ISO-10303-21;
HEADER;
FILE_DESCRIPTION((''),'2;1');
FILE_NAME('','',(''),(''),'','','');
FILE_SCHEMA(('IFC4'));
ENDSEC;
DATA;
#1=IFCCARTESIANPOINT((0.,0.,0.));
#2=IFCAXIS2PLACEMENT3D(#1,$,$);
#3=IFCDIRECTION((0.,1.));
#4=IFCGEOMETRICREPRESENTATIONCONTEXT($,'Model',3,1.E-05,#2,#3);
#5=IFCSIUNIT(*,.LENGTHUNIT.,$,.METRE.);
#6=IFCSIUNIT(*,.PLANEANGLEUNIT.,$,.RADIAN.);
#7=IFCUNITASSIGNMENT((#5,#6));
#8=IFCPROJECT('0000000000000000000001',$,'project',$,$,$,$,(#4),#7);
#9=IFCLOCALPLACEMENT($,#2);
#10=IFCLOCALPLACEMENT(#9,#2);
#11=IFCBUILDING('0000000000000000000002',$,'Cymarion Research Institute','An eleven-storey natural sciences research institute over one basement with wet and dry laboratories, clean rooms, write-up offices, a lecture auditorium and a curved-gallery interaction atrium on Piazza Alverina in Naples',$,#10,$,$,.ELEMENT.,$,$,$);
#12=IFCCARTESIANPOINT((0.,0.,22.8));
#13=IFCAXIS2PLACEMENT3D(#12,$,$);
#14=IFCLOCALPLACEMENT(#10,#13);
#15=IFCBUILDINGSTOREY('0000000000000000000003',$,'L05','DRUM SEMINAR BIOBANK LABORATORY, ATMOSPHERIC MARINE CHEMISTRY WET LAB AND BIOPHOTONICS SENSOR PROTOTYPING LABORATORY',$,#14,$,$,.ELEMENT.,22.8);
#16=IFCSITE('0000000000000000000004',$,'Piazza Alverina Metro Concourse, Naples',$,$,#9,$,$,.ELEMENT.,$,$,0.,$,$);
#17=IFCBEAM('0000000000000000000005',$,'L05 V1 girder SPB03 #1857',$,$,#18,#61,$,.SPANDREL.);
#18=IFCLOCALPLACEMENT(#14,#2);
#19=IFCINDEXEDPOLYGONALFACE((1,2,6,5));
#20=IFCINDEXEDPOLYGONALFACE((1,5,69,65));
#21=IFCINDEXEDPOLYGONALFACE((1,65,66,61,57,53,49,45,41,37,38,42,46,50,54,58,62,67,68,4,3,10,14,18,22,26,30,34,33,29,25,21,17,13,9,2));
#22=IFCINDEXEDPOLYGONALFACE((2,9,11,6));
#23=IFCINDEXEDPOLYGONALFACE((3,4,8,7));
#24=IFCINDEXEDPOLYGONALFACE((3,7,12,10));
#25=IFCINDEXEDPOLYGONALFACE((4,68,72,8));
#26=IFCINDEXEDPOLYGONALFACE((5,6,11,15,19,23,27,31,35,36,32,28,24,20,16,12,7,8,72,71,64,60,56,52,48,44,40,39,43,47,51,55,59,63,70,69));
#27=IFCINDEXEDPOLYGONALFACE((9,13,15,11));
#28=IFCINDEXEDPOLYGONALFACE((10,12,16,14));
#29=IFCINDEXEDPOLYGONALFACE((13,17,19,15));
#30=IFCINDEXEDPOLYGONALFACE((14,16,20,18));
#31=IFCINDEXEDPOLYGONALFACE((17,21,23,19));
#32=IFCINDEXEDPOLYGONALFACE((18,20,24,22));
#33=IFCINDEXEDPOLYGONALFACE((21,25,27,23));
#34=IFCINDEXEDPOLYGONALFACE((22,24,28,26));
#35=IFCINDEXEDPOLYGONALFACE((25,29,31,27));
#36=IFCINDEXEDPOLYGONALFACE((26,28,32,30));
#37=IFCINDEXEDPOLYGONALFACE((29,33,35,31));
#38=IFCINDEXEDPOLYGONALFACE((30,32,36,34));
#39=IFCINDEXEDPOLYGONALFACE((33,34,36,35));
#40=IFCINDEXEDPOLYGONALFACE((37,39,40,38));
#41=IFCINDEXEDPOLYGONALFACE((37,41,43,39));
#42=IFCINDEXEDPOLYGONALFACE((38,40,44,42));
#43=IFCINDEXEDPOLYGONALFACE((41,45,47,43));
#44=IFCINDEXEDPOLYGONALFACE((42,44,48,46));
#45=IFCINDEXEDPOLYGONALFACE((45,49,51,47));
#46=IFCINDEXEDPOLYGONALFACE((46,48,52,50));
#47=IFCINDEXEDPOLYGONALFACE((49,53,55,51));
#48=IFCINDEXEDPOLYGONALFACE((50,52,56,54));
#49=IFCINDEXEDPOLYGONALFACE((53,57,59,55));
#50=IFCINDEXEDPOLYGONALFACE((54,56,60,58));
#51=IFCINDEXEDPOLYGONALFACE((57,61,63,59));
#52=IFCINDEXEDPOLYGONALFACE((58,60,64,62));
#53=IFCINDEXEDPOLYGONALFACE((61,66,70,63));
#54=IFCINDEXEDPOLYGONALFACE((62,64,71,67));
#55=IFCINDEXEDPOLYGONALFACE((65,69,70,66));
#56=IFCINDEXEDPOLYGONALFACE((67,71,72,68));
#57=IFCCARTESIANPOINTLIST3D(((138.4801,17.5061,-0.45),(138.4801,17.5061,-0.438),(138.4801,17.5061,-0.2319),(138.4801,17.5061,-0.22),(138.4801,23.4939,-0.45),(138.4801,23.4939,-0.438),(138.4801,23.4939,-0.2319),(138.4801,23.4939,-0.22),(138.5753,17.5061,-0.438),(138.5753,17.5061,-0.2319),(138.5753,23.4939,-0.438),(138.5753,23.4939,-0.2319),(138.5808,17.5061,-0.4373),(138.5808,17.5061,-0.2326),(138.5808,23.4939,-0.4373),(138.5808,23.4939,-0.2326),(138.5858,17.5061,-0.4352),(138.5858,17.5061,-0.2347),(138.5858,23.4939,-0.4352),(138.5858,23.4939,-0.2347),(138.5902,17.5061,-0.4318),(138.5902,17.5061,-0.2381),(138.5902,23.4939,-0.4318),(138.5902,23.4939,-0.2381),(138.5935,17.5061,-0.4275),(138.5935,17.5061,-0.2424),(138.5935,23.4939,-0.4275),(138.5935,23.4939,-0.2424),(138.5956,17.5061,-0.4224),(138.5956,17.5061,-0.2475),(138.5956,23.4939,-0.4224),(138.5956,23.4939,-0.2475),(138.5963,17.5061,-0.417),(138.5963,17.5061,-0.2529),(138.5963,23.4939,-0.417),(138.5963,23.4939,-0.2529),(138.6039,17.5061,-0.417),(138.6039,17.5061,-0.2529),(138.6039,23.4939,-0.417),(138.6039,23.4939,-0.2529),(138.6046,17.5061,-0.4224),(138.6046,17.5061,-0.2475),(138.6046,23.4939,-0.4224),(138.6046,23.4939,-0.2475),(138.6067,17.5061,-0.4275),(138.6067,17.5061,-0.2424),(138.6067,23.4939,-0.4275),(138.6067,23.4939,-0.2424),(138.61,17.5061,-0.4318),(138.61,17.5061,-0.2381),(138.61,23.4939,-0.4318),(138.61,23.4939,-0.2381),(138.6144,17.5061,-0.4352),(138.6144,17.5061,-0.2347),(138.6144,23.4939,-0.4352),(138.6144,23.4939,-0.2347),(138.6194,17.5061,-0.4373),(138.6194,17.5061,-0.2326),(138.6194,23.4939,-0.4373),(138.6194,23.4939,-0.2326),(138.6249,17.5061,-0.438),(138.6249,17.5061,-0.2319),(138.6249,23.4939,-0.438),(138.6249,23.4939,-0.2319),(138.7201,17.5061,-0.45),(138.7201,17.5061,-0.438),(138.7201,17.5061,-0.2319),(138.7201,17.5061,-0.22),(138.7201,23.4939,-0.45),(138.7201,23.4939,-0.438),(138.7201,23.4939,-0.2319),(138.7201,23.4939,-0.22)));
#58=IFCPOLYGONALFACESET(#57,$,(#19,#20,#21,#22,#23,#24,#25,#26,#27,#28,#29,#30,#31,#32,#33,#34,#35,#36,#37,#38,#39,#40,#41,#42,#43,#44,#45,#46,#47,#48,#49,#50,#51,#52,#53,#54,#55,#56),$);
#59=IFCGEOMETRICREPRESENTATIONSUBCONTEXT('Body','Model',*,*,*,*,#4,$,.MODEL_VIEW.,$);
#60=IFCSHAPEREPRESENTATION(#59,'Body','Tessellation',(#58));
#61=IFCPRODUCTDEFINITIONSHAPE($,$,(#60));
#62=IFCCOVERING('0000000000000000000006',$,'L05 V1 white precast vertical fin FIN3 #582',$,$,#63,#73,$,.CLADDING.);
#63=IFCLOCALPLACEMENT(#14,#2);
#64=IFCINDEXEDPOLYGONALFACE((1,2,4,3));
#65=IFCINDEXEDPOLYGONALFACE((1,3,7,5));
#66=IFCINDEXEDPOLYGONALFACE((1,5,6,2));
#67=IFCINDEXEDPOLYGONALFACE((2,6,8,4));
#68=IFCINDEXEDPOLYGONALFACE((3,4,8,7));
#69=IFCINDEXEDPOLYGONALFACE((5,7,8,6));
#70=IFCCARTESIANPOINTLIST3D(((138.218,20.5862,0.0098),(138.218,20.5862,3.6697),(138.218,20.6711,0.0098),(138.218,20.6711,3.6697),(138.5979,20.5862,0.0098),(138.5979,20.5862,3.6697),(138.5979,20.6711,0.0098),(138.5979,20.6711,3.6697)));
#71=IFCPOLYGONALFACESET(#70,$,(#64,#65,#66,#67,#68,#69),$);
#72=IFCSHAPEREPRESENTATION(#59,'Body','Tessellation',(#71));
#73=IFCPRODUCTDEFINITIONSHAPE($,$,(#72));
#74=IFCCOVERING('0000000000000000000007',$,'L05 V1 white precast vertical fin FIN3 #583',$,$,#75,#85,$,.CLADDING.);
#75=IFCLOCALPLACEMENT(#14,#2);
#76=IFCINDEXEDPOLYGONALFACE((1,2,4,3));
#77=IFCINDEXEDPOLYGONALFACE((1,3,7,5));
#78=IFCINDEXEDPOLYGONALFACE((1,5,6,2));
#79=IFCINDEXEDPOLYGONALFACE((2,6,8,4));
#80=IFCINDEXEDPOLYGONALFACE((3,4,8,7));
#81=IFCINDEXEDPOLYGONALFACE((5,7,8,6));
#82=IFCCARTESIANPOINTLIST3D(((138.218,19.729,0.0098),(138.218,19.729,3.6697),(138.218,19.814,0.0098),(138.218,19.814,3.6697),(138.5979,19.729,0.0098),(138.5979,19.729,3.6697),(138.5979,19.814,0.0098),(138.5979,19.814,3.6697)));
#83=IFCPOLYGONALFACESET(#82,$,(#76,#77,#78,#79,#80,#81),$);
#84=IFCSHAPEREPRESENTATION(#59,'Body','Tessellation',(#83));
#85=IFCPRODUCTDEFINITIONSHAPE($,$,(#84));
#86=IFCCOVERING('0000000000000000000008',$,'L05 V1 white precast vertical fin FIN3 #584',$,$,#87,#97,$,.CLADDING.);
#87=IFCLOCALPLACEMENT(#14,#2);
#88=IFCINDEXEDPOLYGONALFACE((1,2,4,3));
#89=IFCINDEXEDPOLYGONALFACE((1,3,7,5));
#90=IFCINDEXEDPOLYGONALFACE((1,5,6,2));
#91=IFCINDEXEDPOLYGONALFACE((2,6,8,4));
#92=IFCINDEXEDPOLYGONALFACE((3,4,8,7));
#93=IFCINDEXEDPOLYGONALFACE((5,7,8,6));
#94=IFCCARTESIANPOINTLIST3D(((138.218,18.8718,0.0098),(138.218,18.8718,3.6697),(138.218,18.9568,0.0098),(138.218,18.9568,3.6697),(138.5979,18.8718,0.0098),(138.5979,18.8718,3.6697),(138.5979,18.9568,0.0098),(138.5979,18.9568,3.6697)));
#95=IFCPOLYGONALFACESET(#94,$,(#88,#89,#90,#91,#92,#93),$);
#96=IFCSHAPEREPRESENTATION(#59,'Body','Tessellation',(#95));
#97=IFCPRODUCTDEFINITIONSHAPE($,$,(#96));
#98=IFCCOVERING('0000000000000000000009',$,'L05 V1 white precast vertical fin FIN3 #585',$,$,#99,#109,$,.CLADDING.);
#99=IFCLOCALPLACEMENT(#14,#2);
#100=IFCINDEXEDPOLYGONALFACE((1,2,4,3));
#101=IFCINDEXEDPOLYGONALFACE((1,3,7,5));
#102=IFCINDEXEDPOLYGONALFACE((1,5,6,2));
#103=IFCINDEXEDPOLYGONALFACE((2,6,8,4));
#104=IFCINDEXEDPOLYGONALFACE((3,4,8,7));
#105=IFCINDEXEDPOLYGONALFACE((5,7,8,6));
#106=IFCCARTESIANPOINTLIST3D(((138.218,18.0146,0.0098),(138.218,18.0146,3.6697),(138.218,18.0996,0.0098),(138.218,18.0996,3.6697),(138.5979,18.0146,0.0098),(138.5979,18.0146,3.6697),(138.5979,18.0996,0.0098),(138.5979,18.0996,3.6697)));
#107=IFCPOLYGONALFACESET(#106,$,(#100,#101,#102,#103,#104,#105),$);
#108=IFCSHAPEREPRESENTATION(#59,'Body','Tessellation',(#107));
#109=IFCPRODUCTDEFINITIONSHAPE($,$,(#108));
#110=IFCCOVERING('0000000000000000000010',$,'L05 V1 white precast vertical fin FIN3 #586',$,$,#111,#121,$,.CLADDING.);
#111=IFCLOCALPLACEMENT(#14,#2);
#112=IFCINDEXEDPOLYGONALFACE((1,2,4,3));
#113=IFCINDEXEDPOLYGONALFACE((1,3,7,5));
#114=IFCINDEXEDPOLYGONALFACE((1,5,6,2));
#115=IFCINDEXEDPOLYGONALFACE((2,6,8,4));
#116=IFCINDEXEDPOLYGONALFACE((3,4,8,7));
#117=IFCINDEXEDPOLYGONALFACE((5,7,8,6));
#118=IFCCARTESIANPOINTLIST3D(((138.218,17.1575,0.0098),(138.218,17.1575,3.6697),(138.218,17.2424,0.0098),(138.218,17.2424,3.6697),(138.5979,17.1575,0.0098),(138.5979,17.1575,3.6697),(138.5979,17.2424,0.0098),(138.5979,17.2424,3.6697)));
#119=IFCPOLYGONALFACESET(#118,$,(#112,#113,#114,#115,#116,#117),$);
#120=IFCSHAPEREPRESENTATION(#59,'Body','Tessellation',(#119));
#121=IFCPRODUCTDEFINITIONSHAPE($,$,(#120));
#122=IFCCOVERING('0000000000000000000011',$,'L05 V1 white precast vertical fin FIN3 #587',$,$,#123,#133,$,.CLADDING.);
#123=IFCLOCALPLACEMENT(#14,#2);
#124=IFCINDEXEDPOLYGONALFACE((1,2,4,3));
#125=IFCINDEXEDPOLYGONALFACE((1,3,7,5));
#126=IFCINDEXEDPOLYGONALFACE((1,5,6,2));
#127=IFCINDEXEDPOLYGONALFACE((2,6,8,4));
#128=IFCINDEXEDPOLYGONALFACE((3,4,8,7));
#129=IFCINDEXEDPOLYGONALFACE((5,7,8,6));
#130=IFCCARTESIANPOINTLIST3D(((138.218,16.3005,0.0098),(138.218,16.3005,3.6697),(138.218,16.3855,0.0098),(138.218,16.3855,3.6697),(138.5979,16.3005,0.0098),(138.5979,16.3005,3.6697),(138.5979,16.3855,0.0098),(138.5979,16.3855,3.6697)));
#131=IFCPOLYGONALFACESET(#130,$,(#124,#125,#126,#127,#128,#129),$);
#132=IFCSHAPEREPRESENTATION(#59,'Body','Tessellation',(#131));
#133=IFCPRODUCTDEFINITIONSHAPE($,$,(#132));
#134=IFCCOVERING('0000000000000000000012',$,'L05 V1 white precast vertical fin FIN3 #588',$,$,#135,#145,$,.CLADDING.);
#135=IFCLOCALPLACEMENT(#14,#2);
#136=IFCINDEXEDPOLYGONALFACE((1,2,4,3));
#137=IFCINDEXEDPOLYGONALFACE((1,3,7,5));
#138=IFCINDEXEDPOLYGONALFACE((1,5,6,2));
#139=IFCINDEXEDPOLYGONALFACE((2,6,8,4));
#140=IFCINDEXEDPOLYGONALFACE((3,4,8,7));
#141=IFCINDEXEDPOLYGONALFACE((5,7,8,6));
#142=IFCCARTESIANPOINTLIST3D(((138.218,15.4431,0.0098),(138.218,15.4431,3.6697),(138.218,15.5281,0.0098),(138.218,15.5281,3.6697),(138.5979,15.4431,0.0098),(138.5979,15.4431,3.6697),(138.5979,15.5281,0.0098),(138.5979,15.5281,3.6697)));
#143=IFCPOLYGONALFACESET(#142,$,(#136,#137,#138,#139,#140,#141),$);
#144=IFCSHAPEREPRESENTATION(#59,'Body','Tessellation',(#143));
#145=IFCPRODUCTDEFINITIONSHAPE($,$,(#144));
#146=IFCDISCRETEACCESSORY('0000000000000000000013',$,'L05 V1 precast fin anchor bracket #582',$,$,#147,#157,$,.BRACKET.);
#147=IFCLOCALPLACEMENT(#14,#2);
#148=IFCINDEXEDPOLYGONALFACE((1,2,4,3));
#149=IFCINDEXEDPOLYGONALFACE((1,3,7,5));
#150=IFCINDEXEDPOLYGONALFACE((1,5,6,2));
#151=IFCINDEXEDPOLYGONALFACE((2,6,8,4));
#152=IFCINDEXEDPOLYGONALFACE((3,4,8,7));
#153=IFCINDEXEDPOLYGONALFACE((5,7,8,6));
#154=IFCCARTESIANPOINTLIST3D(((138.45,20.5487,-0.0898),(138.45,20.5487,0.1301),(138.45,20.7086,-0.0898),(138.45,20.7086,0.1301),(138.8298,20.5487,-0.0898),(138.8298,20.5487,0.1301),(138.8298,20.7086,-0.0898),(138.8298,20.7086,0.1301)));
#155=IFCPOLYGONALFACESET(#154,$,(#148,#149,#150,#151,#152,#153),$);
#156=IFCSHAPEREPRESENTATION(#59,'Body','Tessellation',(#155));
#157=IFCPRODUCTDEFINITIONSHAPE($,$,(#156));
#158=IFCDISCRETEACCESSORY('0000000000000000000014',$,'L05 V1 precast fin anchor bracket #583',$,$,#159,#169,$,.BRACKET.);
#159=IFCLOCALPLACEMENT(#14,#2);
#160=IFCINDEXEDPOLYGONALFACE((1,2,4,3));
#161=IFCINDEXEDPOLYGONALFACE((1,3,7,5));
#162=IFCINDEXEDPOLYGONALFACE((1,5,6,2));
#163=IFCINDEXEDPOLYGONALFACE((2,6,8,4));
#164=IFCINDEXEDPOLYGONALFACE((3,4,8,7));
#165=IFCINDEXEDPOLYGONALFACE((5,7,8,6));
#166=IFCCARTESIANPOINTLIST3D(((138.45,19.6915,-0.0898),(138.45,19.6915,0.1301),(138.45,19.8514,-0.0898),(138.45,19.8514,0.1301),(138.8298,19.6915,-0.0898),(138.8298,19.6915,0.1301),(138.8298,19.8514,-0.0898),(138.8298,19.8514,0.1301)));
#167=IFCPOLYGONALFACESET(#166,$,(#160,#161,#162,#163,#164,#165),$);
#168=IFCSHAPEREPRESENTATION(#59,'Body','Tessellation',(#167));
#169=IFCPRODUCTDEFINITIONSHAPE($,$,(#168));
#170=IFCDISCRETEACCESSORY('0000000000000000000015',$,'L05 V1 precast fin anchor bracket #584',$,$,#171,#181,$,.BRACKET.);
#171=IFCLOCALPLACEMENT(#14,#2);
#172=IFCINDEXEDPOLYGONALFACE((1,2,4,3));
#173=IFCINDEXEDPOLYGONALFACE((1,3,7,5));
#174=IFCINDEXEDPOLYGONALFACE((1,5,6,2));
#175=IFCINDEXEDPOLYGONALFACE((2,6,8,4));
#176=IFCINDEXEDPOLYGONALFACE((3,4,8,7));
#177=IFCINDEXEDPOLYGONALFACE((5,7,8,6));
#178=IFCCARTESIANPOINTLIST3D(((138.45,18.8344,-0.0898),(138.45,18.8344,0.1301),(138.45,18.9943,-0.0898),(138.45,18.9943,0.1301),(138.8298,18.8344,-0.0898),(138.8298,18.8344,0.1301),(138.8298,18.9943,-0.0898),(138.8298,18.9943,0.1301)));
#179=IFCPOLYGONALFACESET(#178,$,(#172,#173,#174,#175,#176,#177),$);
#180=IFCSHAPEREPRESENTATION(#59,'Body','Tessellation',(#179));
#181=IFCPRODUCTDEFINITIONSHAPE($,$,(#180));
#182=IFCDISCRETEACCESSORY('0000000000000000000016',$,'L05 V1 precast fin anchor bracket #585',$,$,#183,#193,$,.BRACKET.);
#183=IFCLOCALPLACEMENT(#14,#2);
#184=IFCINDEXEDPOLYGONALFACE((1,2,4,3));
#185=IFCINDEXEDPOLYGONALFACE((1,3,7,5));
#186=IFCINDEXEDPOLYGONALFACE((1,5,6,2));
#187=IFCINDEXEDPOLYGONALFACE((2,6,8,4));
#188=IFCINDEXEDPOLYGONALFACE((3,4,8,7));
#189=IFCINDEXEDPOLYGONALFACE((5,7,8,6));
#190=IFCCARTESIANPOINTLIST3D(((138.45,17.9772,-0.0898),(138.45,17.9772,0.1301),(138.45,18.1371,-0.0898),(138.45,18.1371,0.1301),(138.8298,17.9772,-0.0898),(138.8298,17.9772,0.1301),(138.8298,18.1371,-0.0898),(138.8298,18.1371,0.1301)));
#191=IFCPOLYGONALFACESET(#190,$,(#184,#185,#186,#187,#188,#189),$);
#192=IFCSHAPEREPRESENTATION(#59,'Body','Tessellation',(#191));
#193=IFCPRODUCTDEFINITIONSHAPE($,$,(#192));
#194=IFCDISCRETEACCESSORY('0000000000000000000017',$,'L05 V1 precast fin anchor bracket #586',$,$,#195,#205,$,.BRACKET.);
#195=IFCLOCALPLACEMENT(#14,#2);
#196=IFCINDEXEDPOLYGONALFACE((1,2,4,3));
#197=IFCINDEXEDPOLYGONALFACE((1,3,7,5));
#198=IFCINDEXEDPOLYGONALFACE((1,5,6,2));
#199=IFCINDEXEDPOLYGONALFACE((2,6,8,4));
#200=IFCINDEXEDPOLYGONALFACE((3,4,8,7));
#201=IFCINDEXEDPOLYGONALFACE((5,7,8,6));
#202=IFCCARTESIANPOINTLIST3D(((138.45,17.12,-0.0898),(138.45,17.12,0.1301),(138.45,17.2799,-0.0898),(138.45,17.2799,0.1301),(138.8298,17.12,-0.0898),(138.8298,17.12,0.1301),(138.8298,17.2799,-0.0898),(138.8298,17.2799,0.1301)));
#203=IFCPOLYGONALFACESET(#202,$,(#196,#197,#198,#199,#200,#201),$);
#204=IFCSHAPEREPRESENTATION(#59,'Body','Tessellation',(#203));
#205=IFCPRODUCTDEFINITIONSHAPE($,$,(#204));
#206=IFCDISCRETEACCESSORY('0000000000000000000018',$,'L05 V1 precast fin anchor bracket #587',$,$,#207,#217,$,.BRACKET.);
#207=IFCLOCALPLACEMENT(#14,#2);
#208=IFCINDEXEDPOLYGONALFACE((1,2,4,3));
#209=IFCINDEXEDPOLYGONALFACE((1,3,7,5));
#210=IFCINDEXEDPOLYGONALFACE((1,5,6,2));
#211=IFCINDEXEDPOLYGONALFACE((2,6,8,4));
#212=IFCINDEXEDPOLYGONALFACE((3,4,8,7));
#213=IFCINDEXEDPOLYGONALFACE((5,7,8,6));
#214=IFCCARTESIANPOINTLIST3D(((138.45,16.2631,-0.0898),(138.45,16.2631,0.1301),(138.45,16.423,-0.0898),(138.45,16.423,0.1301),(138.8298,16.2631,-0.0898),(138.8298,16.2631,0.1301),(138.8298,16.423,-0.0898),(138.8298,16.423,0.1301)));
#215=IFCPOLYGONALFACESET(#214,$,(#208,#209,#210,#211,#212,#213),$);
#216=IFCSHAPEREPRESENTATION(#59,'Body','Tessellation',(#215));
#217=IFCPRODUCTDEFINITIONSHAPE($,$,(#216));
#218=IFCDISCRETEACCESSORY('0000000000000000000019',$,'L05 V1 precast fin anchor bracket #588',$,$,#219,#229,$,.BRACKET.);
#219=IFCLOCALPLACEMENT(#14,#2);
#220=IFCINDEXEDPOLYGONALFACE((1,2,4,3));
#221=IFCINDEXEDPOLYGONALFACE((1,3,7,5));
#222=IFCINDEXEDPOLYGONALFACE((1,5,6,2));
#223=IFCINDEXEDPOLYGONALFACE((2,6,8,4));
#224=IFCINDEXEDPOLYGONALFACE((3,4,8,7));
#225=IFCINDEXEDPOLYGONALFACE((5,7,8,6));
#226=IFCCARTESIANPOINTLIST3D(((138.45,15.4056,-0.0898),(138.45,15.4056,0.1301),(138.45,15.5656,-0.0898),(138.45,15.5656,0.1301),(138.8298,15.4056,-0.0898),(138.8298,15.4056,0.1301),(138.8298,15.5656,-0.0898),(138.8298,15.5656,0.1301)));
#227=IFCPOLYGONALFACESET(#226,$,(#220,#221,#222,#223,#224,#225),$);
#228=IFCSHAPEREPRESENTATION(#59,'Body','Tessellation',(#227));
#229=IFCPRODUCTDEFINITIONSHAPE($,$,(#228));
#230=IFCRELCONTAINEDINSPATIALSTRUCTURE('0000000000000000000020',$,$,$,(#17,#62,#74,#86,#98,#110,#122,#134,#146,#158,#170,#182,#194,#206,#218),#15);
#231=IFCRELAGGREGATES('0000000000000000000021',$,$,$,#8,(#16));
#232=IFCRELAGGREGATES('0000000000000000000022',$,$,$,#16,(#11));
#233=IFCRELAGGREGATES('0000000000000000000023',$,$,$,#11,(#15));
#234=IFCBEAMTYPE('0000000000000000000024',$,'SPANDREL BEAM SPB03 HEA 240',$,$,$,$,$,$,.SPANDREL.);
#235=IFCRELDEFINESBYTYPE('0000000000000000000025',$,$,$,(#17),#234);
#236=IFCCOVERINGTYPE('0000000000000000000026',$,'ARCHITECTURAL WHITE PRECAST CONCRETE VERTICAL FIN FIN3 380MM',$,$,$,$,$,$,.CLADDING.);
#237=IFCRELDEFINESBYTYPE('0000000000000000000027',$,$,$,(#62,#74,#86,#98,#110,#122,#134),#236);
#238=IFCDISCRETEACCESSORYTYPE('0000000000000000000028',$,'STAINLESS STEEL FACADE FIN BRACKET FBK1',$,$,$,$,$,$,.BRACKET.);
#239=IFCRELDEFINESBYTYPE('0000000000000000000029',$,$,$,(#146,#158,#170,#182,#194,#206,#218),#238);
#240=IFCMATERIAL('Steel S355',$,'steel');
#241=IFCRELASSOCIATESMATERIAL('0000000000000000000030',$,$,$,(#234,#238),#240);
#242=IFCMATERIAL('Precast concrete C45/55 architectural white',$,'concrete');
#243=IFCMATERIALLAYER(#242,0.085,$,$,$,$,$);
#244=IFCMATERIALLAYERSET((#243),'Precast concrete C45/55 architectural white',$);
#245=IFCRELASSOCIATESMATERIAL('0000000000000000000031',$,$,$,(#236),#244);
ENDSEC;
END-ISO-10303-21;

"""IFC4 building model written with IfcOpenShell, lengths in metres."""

from ifc_helpers import new_model, si_unit, direction, frame, origin, origin_2d, place, context, subcontext, project, spatial, rectangle, i_section, extrude, material, layer, layer_set, material_profile, profile_set, type_object, element, save


model = new_model("IFC4")

# Units and contexts
model_context = context("Model", 3, precision=1e-05, world=origin(), true_north=direction((0.0, 1.0)))
body_context = subcontext(model_context, "Body", "Model", "MODEL_VIEW")
ifc_project = project(units=[si_unit("LENGTHUNIT", "METRE"), si_unit("PLANEANGLEUNIT", "RADIAN")], contexts=[model_context])

# Site, building, storey
site_placement = place(None, origin())
site = spatial("IfcSite", under=ifc_project, at=site_placement, Name="Piazza Alverina Metro Concourse, Naples", CompositionType="ELEMENT", RefElevation=0.0)
building_placement = place(site_placement, origin())
building = spatial("IfcBuilding", under=site, at=building_placement, Name="Cymarion Research Institute", Description="An eleven-storey natural sciences research institute over one basement with wet and dry laboratories, clean rooms, write-up offices, a lecture auditorium and a curved-gallery interaction atrium on Piazza Alverina in Naples", CompositionType="ELEMENT")
storey_placement = place(building_placement, frame((0.0, 0.0, 22.8)))
storey = spatial("IfcBuildingStorey", under=building, at=storey_placement, Name="L05", Description="DRUM SEMINAR BIOBANK LABORATORY, ATMOSPHERIC MARINE CHEMISTRY WET LAB AND BIOPHOTONICS SENSOR PROTOTYPING LABORATORY", CompositionType="ELEMENT", Elevation=22.8)

# Shared definitions
ifc_material_1 = material(Name="Steel S355", Category="steel")

# Beam
ifc_material_profile_1 = material_profile(ifc_material_1, i_section(OverallWidth=0.24, OverallDepth=0.23, WebThickness=0.0076, FlangeThickness=0.012, FilletRadius=0.021, at=origin_2d()), Name="HEA 240")
ifc_profile_set_1 = profile_set([ifc_material_profile_1], Name="Steel S355")
beam_type_1 = type_object("IfcBeamType", Name="SPANDREL BEAM SPB03 HEA 240", PredefinedType="SPANDREL", material=ifc_profile_set_1)
beam_1_placement = place(storey_placement, frame((138.6001, 17.5061, -0.335), z_axis=(0.0, 1.0, 0.0), x_axis=(-1.0, 0.0, 0.0)))
element("IfcBeam", 1, at=beam_1_placement, inside=storey, type_object=beam_type_1, Name="L05 V1 girder SPB03 #1857", PredefinedType="SPANDREL", context=body_context, shape_type="SweptSolid", body=[
    extrude(i_section(OverallWidth=0.24, OverallDepth=0.23, WebThickness=0.0076, FlangeThickness=0.012, FilletRadius=0.021, at=origin_2d()), origin(), (0.0, 0.0, 1.0), 5.9878),
])

# Coverings
ifc_material_2 = material(Name="Precast concrete C45/55 architectural white", Category="concrete")
ifc_layer = layer(ifc_material_2, 0.085)
ifc_layer_set = layer_set([ifc_layer], Name="Precast concrete C45/55 architectural white")
covering_type = type_object("IfcCoveringType", Name="ARCHITECTURAL WHITE PRECAST CONCRETE VERTICAL FIN FIN3 380MM", PredefinedType="CLADDING", material=ifc_layer_set)
for number, where, z_axis, x_axis, name in (
    (2, (138.408, 20.6287, 0.0098), (0.0, 0.0, 1.0), (-1.0, 0.0, 0.0), "L05 V1 white precast vertical fin FIN3 #582"),
    (3, (138.408, 19.7715, 0.0098), (0.0, 0.0, 1.0), (-1.0, 0.0, 0.0), "L05 V1 white precast vertical fin FIN3 #583"),
    (4, (138.408, 18.9143, 0.0098), (0.0, 0.0, 1.0), (-1.0, 0.0, 0.0), "L05 V1 white precast vertical fin FIN3 #584"),
    (5, (138.408, 18.0571, 0.0098), (0.0, 0.0, 1.0), (-1.0, 0.0, 0.0), "L05 V1 white precast vertical fin FIN3 #585"),
    (6, (138.408, 17.2, 0.0098), (0.0, 0.0, 1.0), (-1.0, 0.0, 0.0), "L05 V1 white precast vertical fin FIN3 #586"),
    (7, (138.408, 16.343, 0.0098), (0.0, 0.0, 1.0), (-1.0, 0.0, 0.0), "L05 V1 white precast vertical fin FIN3 #587"),
    (8, (138.408, 15.4856, 0.0098), (0.0, 0.0, 1.0), (-1.0, 0.0, 0.0), "L05 V1 white precast vertical fin FIN3 #588"),
):
    element("IfcCovering", number, at=place(storey_placement, frame(where, z_axis=z_axis, x_axis=x_axis)), inside=storey, type_object=covering_type, Name=name, PredefinedType="CLADDING", context=body_context, shape_type="SweptSolid", body=[
        extrude(rectangle(XDim=0.3799, YDim=0.085, at=origin_2d()), origin(), (0.0, 0.0, 1.0), 3.6599),
    ])

# Discrete accessories
discrete_accessory_type = type_object("IfcDiscreteAccessoryType", Name="STAINLESS STEEL FACADE FIN BRACKET FBK1", PredefinedType="BRACKET", material=ifc_material_1)
for number, where, z_axis, x_axis, name in (
    (9, (138.6399, 20.6287, -0.0898), (0.0, 0.0, 1.0), (-1.0, 0.0, 0.0), "L05 V1 precast fin anchor bracket #582"),
    (10, (138.6399, 19.7715, -0.0898), (0.0, 0.0, 1.0), (-1.0, 0.0, 0.0), "L05 V1 precast fin anchor bracket #583"),
    (11, (138.6399, 18.9143, -0.0898), (0.0, 0.0, 1.0), (-1.0, 0.0, 0.0), "L05 V1 precast fin anchor bracket #584"),
    (12, (138.6399, 18.0571, -0.0898), (0.0, 0.0, 1.0), (-1.0, 0.0, 0.0), "L05 V1 precast fin anchor bracket #585"),
    (13, (138.6399, 17.2, -0.0898), (0.0, 0.0, 1.0), (-1.0, 0.0, 0.0), "L05 V1 precast fin anchor bracket #586"),
    (14, (138.6399, 16.343, -0.0898), (0.0, 0.0, 1.0), (-1.0, 0.0, 0.0), "L05 V1 precast fin anchor bracket #587"),
    (15, (138.6399, 15.4856, -0.0898), (0.0, 0.0, 1.0), (-1.0, 0.0, 0.0), "L05 V1 precast fin anchor bracket #588"),
):
    element("IfcDiscreteAccessory", number, at=place(storey_placement, frame(where, z_axis=z_axis, x_axis=x_axis)), inside=storey, type_object=discrete_accessory_type, Name=name, PredefinedType="BRACKET", context=body_context, shape_type="SweptSolid", body=[
        extrude(rectangle(XDim=0.3799, YDim=0.1599, at=origin_2d()), origin(), (0.0, 0.0, 1.0), 0.22),
    ])

save(model, "model.ifc")
